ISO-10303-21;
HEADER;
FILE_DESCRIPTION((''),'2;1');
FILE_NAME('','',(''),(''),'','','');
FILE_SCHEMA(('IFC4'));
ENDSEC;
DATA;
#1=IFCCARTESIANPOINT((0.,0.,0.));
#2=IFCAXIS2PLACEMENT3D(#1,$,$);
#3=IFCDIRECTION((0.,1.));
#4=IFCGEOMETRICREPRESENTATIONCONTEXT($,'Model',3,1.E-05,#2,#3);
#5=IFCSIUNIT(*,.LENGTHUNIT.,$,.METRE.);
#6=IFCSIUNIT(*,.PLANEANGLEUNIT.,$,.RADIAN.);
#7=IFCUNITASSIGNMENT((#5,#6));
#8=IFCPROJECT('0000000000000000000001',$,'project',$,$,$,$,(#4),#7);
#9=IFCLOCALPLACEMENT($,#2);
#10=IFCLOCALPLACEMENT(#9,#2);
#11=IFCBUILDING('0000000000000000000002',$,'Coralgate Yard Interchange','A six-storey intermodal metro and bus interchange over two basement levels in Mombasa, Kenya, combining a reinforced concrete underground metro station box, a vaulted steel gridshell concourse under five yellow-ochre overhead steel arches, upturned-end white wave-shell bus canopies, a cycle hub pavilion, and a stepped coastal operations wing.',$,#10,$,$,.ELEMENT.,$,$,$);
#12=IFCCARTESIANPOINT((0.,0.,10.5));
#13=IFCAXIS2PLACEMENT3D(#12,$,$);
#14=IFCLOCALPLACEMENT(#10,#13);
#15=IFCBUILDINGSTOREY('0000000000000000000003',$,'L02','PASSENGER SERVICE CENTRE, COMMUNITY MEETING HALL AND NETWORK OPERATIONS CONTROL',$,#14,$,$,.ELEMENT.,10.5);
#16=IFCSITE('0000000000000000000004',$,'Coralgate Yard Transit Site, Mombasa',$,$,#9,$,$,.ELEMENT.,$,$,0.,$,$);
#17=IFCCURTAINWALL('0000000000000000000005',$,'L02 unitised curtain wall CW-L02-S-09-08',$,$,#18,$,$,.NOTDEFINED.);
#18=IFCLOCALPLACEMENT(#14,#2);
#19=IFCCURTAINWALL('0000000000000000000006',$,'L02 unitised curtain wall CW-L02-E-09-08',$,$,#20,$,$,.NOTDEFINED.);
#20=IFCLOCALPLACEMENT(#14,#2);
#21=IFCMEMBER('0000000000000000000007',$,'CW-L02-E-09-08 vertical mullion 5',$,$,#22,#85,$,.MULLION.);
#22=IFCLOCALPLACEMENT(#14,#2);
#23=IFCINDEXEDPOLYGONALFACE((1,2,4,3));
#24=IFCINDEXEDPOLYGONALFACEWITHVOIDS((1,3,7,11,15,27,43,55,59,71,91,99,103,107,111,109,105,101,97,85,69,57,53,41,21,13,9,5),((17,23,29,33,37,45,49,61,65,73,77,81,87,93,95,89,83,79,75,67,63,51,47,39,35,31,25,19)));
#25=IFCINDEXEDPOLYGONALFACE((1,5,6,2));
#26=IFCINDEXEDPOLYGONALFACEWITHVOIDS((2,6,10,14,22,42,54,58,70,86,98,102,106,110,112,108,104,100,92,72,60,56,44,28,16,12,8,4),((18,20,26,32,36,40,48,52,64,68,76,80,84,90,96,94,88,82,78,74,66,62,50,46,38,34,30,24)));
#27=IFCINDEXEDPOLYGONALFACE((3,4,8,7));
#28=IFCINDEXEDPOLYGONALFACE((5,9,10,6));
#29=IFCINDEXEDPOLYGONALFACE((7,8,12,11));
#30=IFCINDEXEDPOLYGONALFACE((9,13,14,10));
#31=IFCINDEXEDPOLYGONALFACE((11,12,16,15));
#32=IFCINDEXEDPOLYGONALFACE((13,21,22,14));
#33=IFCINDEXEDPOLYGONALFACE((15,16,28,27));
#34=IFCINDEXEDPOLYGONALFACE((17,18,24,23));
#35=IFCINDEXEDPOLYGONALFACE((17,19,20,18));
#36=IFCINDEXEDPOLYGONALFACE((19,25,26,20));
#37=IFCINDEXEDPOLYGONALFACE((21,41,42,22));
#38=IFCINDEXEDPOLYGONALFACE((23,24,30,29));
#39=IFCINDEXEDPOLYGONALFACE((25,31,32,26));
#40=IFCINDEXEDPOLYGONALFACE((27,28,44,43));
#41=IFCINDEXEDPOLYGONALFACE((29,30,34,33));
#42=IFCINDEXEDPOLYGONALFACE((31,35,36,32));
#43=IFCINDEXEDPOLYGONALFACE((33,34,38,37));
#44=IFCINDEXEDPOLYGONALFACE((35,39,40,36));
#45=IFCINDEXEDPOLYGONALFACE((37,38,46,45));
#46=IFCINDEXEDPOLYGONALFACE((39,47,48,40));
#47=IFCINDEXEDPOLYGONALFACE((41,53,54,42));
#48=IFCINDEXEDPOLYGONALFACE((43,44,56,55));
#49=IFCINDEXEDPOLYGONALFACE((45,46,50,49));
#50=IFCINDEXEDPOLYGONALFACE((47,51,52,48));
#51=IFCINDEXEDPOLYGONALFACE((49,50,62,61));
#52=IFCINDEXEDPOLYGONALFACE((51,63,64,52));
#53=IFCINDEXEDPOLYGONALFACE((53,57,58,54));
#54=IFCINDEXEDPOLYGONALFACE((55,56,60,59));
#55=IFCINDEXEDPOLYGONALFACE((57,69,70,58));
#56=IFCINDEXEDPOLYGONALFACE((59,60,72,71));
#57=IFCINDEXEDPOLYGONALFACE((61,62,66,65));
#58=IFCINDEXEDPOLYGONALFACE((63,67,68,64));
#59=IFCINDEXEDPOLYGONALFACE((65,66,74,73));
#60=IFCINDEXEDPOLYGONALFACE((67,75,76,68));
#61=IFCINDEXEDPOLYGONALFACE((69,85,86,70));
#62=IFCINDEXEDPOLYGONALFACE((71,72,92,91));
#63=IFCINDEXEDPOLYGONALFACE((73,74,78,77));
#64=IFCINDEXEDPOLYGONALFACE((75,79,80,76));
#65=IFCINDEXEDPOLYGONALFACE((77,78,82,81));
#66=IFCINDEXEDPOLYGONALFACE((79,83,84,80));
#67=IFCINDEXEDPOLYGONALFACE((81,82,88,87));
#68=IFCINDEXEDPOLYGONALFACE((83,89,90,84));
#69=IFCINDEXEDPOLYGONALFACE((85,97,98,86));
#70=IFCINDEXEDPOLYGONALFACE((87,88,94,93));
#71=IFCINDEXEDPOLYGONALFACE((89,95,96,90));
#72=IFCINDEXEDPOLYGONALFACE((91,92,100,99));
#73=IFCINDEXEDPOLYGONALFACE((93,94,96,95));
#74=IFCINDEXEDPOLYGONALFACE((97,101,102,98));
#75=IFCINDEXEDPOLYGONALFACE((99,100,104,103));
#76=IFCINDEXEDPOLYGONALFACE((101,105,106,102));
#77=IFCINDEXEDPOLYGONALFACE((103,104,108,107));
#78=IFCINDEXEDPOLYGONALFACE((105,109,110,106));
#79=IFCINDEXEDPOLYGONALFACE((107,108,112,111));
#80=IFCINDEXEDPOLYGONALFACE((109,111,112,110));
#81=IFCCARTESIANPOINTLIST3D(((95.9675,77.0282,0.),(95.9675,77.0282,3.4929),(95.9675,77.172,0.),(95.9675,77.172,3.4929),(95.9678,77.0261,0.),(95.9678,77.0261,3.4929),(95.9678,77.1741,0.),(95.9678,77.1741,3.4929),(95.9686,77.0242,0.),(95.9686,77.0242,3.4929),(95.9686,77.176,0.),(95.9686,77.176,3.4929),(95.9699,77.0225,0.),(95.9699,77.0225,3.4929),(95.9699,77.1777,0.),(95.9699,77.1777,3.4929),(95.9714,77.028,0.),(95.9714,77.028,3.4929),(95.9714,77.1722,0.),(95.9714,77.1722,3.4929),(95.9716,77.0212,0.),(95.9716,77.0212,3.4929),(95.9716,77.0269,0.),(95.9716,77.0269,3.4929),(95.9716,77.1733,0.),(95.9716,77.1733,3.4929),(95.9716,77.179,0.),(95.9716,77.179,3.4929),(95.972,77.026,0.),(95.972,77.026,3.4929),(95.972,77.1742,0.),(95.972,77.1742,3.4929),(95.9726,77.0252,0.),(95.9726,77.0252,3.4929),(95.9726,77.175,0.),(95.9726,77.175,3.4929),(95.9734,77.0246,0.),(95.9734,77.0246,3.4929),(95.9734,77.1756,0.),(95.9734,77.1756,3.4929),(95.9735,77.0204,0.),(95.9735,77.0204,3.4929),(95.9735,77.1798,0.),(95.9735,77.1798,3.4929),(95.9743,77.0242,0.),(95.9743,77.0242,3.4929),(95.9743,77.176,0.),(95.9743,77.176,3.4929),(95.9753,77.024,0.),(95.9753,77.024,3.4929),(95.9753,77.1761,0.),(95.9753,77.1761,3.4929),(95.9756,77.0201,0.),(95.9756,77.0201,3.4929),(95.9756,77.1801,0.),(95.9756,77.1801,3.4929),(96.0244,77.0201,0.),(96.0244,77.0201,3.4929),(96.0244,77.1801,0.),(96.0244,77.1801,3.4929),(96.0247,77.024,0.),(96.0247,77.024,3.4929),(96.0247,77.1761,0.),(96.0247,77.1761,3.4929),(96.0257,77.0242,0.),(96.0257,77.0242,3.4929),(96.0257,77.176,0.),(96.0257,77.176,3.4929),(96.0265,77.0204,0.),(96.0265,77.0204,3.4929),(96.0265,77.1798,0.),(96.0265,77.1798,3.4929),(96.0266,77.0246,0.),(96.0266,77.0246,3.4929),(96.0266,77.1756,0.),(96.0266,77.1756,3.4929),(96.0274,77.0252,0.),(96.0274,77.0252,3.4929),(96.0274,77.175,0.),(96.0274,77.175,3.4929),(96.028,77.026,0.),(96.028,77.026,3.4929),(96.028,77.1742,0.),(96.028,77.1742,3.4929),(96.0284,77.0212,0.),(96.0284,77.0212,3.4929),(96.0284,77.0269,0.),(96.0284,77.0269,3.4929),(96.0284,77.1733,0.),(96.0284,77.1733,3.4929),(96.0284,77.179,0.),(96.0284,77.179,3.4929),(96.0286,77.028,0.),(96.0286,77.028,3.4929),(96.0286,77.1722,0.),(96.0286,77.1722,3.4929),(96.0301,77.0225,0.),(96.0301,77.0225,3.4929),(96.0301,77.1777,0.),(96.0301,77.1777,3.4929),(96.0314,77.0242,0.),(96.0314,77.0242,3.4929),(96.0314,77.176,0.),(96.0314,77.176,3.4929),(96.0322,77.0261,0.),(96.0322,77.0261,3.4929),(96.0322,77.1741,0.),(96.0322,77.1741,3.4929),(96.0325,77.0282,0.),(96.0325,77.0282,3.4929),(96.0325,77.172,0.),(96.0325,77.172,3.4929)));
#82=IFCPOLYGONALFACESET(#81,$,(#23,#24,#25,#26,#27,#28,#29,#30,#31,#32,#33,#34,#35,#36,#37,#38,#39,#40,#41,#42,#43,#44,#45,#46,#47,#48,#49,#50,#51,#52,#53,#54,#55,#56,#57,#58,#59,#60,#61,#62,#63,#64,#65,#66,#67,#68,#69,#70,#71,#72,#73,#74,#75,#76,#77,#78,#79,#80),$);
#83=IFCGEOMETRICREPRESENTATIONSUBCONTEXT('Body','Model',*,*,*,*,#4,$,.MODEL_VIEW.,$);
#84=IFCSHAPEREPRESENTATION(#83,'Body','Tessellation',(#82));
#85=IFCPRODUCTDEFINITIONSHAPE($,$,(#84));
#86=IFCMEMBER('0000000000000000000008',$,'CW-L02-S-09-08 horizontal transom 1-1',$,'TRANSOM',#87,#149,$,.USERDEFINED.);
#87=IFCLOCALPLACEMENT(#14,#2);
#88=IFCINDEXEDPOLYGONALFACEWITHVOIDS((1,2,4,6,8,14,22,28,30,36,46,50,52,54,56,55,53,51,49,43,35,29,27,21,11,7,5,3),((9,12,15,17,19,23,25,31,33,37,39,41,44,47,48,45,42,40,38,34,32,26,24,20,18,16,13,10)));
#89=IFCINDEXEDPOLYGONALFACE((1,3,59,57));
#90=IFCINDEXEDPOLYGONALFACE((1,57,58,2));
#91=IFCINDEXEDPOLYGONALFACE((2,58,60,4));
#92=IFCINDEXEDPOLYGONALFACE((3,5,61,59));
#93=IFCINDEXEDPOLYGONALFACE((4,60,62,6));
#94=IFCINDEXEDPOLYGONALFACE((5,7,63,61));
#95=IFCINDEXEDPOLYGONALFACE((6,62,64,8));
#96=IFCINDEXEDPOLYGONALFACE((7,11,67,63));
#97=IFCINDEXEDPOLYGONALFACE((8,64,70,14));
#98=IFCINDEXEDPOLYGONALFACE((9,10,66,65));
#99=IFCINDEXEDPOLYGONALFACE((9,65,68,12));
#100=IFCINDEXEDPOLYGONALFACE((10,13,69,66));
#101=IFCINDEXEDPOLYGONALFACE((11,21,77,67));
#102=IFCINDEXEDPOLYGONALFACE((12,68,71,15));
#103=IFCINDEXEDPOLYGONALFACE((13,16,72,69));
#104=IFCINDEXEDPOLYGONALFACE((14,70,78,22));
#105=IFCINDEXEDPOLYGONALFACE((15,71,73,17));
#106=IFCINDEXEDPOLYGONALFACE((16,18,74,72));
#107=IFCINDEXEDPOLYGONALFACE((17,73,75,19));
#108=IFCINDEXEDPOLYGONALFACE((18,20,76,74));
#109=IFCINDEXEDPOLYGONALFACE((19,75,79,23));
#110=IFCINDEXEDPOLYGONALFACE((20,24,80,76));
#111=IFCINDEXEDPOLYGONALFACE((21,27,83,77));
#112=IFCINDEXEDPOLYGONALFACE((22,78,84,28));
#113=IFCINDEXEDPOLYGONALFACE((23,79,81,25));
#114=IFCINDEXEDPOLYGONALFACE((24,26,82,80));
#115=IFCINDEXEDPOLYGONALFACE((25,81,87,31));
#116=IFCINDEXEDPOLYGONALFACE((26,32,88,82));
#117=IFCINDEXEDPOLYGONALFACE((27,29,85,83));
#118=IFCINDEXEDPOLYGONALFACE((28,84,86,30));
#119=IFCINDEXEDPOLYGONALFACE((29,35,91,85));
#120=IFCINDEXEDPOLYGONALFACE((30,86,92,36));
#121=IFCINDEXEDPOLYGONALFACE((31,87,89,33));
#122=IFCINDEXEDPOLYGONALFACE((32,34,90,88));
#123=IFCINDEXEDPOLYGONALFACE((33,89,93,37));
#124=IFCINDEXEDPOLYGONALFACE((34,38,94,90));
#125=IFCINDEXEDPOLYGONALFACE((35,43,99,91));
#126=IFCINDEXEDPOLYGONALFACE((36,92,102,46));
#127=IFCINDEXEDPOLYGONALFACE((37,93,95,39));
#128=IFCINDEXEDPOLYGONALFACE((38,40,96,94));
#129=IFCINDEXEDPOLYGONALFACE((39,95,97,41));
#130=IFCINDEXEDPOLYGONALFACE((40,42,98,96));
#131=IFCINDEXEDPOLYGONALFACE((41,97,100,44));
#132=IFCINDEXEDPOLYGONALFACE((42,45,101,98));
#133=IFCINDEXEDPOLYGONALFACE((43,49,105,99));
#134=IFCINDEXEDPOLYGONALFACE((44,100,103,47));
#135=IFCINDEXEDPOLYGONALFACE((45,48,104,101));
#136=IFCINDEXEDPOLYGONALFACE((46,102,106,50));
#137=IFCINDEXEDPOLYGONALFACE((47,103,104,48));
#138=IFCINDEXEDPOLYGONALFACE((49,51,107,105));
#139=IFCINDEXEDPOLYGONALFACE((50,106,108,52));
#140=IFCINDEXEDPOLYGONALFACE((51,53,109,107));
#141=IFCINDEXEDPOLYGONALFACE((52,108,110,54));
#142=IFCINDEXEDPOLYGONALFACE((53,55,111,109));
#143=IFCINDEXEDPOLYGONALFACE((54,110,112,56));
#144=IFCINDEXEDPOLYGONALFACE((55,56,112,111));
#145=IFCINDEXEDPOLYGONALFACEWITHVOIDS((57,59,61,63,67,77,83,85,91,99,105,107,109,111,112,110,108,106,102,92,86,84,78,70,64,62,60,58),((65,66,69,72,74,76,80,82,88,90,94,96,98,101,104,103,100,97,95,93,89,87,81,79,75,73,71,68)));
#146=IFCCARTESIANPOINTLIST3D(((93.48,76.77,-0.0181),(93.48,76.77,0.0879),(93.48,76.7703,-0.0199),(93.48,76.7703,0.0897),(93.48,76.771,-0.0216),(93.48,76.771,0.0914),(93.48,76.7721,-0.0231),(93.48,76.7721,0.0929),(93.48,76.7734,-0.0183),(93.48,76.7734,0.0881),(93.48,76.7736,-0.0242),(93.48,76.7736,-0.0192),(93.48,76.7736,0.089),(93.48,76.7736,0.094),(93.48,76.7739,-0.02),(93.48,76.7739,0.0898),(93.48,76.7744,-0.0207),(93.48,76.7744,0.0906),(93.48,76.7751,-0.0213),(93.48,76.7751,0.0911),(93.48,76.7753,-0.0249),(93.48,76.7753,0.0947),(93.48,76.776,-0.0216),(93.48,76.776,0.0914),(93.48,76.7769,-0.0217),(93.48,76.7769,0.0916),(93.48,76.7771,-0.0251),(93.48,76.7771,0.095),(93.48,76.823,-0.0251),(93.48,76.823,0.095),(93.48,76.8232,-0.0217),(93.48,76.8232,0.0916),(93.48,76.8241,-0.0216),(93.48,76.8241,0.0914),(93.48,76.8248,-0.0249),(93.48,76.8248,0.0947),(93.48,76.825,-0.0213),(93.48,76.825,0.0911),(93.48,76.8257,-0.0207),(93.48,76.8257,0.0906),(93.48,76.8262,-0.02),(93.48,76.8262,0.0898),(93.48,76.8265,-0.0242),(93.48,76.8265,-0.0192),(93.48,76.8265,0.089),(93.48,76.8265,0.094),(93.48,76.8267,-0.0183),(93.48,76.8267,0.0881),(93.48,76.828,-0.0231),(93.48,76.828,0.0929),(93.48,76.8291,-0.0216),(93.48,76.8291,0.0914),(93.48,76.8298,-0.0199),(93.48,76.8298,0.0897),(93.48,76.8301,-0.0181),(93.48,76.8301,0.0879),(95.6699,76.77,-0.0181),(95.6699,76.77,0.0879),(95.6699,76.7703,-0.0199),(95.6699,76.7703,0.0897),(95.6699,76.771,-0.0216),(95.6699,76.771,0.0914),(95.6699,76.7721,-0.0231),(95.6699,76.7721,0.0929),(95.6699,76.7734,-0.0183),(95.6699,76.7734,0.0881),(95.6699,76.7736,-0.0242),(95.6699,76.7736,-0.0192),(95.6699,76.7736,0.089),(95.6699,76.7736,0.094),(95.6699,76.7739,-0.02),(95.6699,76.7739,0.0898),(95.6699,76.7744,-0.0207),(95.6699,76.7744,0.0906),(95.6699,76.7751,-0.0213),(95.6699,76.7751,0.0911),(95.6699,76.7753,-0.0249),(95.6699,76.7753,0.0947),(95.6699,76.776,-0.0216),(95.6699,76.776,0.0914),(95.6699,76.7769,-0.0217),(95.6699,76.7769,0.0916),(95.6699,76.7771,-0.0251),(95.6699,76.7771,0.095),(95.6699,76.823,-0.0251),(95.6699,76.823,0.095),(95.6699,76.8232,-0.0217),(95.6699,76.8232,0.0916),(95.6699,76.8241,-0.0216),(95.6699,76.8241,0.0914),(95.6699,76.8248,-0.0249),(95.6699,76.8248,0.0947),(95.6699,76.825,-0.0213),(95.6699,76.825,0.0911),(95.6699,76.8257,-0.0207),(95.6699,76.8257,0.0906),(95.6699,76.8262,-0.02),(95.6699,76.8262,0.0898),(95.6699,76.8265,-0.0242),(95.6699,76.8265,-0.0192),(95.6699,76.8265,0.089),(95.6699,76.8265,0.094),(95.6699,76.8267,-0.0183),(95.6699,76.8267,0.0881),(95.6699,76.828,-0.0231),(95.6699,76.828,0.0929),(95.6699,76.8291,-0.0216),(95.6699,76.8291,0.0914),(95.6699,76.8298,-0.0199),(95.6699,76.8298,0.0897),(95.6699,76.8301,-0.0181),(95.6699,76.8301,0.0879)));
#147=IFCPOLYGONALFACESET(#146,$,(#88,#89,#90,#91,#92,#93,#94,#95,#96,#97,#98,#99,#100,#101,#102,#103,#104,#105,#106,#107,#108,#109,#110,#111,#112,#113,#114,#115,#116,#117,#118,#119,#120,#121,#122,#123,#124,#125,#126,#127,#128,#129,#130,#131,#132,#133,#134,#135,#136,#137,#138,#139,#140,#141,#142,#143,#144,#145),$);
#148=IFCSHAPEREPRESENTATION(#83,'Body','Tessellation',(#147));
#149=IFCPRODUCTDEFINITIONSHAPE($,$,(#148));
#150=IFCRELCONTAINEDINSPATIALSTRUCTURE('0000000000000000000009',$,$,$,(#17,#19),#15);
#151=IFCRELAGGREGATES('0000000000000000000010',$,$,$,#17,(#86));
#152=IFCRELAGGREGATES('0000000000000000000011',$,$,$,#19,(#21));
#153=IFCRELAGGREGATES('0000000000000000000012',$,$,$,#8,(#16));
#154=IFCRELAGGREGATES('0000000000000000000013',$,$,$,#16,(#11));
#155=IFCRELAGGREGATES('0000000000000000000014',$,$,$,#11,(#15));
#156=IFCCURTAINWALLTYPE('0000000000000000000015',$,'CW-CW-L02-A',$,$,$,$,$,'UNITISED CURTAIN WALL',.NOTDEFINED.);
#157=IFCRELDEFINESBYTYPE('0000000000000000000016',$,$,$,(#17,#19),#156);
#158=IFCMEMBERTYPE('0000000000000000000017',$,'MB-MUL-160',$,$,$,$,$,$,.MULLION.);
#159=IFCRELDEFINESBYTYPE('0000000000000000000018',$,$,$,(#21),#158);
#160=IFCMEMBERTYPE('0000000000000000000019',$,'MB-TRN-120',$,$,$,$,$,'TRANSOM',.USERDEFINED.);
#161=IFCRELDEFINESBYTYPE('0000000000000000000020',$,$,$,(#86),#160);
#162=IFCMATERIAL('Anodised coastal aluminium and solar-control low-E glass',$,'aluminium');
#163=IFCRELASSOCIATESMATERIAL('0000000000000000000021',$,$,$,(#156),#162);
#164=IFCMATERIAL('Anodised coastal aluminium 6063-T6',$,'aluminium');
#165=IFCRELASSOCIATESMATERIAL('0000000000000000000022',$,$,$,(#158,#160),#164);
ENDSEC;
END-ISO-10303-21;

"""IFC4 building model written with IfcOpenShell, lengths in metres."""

from ifc_helpers import new_model, si_unit, direction, frame, origin, origin_2d, place, context, subcontext, project, spatial, hollow_rectangle, extrude, material, material_profile, profile_set, type_object, element, aggregate, save


model = new_model("IFC4")

# Units and contexts
model_context = context("Model", 3, precision=1e-05, world=origin(), true_north=direction((0.0, 1.0)))
body_context = subcontext(model_context, "Body", "Model", "MODEL_VIEW")
ifc_project = project(units=[si_unit("LENGTHUNIT", "METRE"), si_unit("PLANEANGLEUNIT", "RADIAN")], contexts=[model_context])

# Site, building, storey
site_placement = place(None, origin())
site = spatial("IfcSite", under=ifc_project, at=site_placement, Name="Coralgate Yard Transit Site, Mombasa", CompositionType="ELEMENT", RefElevation=0.0)
building_placement = place(site_placement, origin())
building = spatial("IfcBuilding", under=site, at=building_placement, Name="Coralgate Yard Interchange", Description="A six-storey intermodal metro and bus interchange over two basement levels in Mombasa, Kenya, combining a reinforced concrete underground metro station box, a vaulted steel gridshell concourse under five yellow-ochre overhead steel arches, upturned-end white wave-shell bus canopies, a cycle hub pavilion, and a stepped coastal operations wing.", CompositionType="ELEMENT")
storey_placement = place(building_placement, frame((0.0, 0.0, 10.5)))
storey = spatial("IfcBuildingStorey", under=building, at=storey_placement, Name="L02", Description="PASSENGER SERVICE CENTRE, COMMUNITY MEETING HALL AND NETWORK OPERATIONS CONTROL", CompositionType="ELEMENT", Elevation=10.5)

# Curtain wall
ifc_material_1 = material(Name="Anodised coastal aluminium and solar-control low-E glass", Category="aluminium")
curtain_wall_type = type_object("IfcCurtainWallType", Name="CW-CW-L02-A", ElementType="UNITISED CURTAIN WALL", PredefinedType="NOTDEFINED", material=ifc_material_1)
curtain_wall_1_placement = place(storey_placement, origin())
curtain_wall_1 = element("IfcCurtainWall", 1, at=curtain_wall_1_placement, inside=storey, type_object=curtain_wall_type, Name="L02 unitised curtain wall CW-L02-S-09-08", PredefinedType="NOTDEFINED")
ifc_material_2 = material(Name="Anodised coastal aluminium 6063-T6", Category="aluminium")
ifc_material_profile_1 = material_profile(ifc_material_2, hollow_rectangle(XDim=0.0649, YDim=0.1599, WallThickness=0.0039, InnerFilletRadius=0.0039, OuterFilletRadius=0.0081, at=origin_2d()), Name="ALU 65x160x4")
ifc_profile_set_1 = profile_set([ifc_material_profile_1], Name="Anodised coastal aluminium 6063-T6")
member_type_1 = type_object("IfcMemberType", Name="MB-MUL-160", PredefinedType="MULLION", material=ifc_profile_set_1)

# Curtain wall, member
curtain_wall_2_placement = place(storey_placement, origin())
curtain_wall_2 = element("IfcCurtainWall", 2, at=curtain_wall_2_placement, inside=storey, type_object=curtain_wall_type, Name="L02 unitised curtain wall CW-L02-E-09-08", PredefinedType="NOTDEFINED")
member_1_placement = place(storey_placement, frame((96.0, 77.1001, 0.0), z_axis=(0.0, 0.0, 1.0), x_axis=(1.0, 0.0, 0.0)))
member_1 = element("IfcMember", 3, at=member_1_placement, type_object=member_type_1, Name="CW-L02-E-09-08 vertical mullion 5", PredefinedType="MULLION", context=body_context, shape_type="SweptSolid", body=[
    extrude(hollow_rectangle(XDim=0.0649, YDim=0.1599, WallThickness=0.0039, InnerFilletRadius=0.0039, OuterFilletRadius=0.0081, at=origin_2d()), origin(), (0.0, 0.0, 1.0), 3.4929),
])

# Member
ifc_material_profile_2 = material_profile(ifc_material_2, hollow_rectangle(XDim=0.0601, YDim=0.1201, WallThickness=0.0034, InnerFilletRadius=0.0034, OuterFilletRadius=0.0071, at=origin_2d()), Name="ALU 60x120x3.5")
ifc_profile_set_2 = profile_set([ifc_material_profile_2], Name="Anodised coastal aluminium 6063-T6")
member_type_2 = type_object("IfcMemberType", Name="MB-TRN-120", ElementType="TRANSOM", PredefinedType="USERDEFINED", material=ifc_profile_set_2)
member_2_placement = place(storey_placement, frame((95.6699, 76.8, 0.0349), z_axis=(-1.0, 0.0, 0.0), x_axis=(0.0, -1.0, 0.0)))
member_2 = element("IfcMember", 4, at=member_2_placement, type_object=member_type_2, Name="CW-L02-S-09-08 horizontal transom 1-1", ObjectType="TRANSOM", PredefinedType="USERDEFINED", context=body_context, shape_type="SweptSolid", body=[
    extrude(hollow_rectangle(XDim=0.0601, YDim=0.1201, WallThickness=0.0034, InnerFilletRadius=0.0034, OuterFilletRadius=0.0071, at=origin_2d()), origin(), (0.0, 0.0, 1.0), 2.1899),
])
aggregate(curtain_wall_1, [member_2])

aggregate(curtain_wall_2, [member_1])

save(model, "model.ifc")
